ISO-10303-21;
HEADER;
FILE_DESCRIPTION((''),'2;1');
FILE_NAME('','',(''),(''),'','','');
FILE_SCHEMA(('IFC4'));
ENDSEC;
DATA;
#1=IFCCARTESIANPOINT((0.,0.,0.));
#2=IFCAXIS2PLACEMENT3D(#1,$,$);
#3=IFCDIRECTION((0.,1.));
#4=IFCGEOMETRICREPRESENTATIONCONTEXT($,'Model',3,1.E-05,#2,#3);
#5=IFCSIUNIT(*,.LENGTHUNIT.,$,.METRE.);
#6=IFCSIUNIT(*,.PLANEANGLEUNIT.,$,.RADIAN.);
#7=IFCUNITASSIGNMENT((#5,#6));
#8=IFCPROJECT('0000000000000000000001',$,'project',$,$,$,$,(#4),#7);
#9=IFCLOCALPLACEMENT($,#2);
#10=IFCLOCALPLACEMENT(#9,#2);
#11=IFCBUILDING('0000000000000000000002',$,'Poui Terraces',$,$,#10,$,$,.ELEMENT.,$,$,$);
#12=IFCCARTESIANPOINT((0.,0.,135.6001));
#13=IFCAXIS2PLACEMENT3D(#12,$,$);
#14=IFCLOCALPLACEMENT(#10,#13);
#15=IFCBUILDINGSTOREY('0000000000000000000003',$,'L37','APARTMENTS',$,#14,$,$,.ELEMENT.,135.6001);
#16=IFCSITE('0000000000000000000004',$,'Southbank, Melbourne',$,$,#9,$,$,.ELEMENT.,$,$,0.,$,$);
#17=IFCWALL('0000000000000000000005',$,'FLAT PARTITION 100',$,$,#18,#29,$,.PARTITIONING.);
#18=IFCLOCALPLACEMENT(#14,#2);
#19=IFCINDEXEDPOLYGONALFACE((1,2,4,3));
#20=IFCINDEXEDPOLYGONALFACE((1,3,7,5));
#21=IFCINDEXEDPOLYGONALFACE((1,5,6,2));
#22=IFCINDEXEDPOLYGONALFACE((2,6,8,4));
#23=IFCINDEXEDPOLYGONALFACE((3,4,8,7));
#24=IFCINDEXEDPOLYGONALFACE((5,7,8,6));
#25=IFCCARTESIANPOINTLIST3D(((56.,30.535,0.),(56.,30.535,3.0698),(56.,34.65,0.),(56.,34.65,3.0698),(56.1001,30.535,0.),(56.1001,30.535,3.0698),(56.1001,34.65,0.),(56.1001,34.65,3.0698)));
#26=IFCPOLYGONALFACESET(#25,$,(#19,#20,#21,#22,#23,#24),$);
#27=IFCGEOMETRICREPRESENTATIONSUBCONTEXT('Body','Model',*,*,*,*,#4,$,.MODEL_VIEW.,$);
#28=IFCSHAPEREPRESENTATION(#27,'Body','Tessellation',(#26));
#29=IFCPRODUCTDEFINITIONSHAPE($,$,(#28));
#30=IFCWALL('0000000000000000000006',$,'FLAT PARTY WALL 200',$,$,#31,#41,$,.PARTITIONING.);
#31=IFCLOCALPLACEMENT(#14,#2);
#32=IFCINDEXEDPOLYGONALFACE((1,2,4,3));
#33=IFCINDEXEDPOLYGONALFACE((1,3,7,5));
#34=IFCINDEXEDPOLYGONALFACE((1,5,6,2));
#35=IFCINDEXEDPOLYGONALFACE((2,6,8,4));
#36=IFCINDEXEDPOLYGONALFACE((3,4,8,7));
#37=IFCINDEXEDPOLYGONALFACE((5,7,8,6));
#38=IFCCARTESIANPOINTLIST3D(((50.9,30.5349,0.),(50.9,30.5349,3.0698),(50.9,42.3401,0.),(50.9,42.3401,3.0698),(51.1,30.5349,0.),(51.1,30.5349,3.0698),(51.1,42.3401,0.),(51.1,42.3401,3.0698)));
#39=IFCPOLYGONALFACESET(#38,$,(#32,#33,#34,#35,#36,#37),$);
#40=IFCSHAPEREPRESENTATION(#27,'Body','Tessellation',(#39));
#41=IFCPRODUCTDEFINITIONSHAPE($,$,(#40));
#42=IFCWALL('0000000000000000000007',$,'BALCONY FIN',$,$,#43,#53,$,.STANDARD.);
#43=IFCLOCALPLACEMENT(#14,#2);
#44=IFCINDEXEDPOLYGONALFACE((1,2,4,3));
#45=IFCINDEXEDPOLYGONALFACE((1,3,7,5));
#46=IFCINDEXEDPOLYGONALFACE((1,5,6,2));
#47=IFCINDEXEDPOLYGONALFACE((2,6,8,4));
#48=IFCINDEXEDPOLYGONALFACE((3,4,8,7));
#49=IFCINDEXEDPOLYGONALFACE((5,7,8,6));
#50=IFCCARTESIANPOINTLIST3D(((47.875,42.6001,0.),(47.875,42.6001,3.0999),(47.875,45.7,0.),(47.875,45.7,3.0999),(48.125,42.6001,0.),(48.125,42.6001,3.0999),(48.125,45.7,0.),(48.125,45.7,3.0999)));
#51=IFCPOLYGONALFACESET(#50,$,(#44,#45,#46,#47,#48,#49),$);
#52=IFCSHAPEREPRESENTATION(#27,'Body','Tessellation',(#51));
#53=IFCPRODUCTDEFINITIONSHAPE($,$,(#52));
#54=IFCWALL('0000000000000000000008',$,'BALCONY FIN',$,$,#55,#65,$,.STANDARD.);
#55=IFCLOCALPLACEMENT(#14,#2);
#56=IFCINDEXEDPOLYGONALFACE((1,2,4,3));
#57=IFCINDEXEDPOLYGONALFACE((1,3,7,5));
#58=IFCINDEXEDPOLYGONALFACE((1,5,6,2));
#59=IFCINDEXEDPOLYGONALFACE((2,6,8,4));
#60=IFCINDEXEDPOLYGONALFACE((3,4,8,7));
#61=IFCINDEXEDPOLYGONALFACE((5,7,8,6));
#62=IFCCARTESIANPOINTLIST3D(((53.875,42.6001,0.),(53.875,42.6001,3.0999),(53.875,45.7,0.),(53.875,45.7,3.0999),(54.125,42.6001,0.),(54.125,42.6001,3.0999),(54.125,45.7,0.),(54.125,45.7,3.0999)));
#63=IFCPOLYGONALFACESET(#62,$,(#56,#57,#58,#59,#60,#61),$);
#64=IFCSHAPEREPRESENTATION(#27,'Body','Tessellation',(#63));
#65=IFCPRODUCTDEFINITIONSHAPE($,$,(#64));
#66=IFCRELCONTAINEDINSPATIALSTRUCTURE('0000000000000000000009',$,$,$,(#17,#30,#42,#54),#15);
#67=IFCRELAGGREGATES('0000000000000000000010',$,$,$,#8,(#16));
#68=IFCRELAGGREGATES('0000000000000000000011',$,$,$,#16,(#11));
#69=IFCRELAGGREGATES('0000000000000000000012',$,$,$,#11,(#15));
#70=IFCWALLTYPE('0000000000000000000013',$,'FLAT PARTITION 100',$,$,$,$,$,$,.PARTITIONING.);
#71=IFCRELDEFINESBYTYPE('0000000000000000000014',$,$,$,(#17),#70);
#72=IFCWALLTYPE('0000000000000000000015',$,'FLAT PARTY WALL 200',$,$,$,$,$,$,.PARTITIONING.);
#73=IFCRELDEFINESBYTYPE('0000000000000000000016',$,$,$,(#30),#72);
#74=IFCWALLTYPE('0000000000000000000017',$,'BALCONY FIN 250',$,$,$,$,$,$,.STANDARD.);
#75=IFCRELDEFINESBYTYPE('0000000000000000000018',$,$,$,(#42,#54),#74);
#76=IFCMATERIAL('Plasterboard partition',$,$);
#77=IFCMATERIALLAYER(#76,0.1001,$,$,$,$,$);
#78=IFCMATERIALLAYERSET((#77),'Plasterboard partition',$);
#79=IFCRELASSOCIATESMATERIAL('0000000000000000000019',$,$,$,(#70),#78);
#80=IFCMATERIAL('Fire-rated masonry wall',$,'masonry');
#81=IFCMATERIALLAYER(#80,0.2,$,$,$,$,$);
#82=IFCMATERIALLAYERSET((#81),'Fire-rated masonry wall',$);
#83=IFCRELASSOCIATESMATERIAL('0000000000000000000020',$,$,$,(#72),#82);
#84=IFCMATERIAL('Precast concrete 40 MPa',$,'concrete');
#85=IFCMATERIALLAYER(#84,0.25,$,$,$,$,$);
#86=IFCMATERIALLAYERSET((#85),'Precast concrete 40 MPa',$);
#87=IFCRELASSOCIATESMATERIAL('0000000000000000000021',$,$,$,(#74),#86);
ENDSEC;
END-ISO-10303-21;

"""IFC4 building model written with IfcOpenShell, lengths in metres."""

from ifc_helpers import new_model, si_unit, direction, frame, frame_2d, origin, place, context, subcontext, project, spatial, polyline, rectangle, outline, extrude, source, transform, mapped, material, layer, layer_set, type_object, element, save


model = new_model("IFC4")

# Units and contexts
model_context = context("Model", 3, precision=1e-05, world=origin(), true_north=direction((0.0, 1.0)))
body_context = subcontext(model_context, "Body", "Model", "MODEL_VIEW")
ifc_project = project(units=[si_unit("LENGTHUNIT", "METRE"), si_unit("PLANEANGLEUNIT", "RADIAN")], contexts=[model_context])

# Site, building, storey
site_placement = place(None, origin())
site = spatial("IfcSite", under=ifc_project, at=site_placement, Name="Southbank, Melbourne", CompositionType="ELEMENT", RefElevation=0.0)
building_placement = place(site_placement, origin())
building = spatial("IfcBuilding", under=site, at=building_placement, Name="Poui Terraces", CompositionType="ELEMENT")
storey_placement = place(building_placement, frame((0.0, 0.0, 135.6001)))
storey = spatial("IfcBuildingStorey", under=building, at=storey_placement, Name="L37", Description="APARTMENTS", CompositionType="ELEMENT", Elevation=135.6001)

# Shared definitions
ifc_material_1 = material(Name="Plasterboard partition")
ifc_layer_1 = layer(ifc_material_1, 0.1001)
ifc_layer_set_1 = layer_set([ifc_layer_1], Name="Plasterboard partition")
wall_type_1 = type_object("IfcWallType", Name="FLAT PARTITION 100", PredefinedType="PARTITIONING", material=ifc_layer_set_1)

# Walls
wall_1_placement = place(storey_placement, frame((56.05, 30.5349, 0.0), z_axis=(0.0, 0.0, 1.0), x_axis=(0.0, 1.0, 0.0)))
element("IfcWall", 1, at=wall_1_placement, inside=storey, type_object=wall_type_1, Name="FLAT PARTITION 100", PredefinedType="PARTITIONING", context=body_context, shape_type="SweptSolid", body=[
    extrude(rectangle(XDim=4.115, YDim=0.1001, at=frame_2d((2.0576, 0.0))), origin(), (0.0, 0.0, 1.0), 3.0698),
])
ifc_material_2 = material(Name="Fire-rated masonry wall", Category="masonry")
ifc_layer_2 = layer(ifc_material_2, 0.2)
ifc_layer_set_2 = layer_set([ifc_layer_2], Name="Fire-rated masonry wall")
wall_type_2 = type_object("IfcWallType", Name="FLAT PARTY WALL 200", PredefinedType="PARTITIONING", material=ifc_layer_set_2)
wall_2_placement = place(storey_placement, frame((51.0, 30.5349, 0.0), z_axis=(0.0, 0.0, 1.0), x_axis=(0.0, 1.0, 0.0)))
element("IfcWall", 2, at=wall_2_placement, inside=storey, type_object=wall_type_2, Name="FLAT PARTY WALL 200", PredefinedType="PARTITIONING", context=body_context, shape_type="SweptSolid", body=[
    extrude(rectangle(XDim=11.8052, YDim=0.2, at=frame_2d((5.9026, 0.0))), origin(), (0.0, 0.0, 1.0), 3.0698),
])
ifc_material_3 = material(Name="Precast concrete 40 MPa", Category="concrete")
ifc_layer_3 = layer(ifc_material_3, 0.25)
ifc_layer_set_3 = layer_set([ifc_layer_3], Name="Precast concrete 40 MPa")
wall_type_3 = type_object("IfcWallType", Name="BALCONY FIN 250", PredefinedType="STANDARD", material=ifc_layer_set_3)
shared_shape = source(origin(), body_context, "Body", "SweptSolid", [
    extrude(outline(polyline([(0.0, 0.0), (0.25, 0.0), (0.25, 3.0999), (0.0, 3.0999), (0.0, 0.0)])), origin(), (0.0, 0.0, 1.0), 3.0999),
])
for number, where, name in (
    (3, (47.875, 42.6001, 0.0), "BALCONY FIN"),
    (4, (53.875, 42.6001, 0.0), "BALCONY FIN"),
):
    element("IfcWall", number, at=place(storey_placement, frame(where)), inside=storey, type_object=wall_type_3, Name=name, PredefinedType="STANDARD", context=body_context, shape_type="MappedRepresentation", body=[
        mapped(shared_shape, transform((0.0, 0.0, 0.0))),
    ])

save(model, "model.ifc")
